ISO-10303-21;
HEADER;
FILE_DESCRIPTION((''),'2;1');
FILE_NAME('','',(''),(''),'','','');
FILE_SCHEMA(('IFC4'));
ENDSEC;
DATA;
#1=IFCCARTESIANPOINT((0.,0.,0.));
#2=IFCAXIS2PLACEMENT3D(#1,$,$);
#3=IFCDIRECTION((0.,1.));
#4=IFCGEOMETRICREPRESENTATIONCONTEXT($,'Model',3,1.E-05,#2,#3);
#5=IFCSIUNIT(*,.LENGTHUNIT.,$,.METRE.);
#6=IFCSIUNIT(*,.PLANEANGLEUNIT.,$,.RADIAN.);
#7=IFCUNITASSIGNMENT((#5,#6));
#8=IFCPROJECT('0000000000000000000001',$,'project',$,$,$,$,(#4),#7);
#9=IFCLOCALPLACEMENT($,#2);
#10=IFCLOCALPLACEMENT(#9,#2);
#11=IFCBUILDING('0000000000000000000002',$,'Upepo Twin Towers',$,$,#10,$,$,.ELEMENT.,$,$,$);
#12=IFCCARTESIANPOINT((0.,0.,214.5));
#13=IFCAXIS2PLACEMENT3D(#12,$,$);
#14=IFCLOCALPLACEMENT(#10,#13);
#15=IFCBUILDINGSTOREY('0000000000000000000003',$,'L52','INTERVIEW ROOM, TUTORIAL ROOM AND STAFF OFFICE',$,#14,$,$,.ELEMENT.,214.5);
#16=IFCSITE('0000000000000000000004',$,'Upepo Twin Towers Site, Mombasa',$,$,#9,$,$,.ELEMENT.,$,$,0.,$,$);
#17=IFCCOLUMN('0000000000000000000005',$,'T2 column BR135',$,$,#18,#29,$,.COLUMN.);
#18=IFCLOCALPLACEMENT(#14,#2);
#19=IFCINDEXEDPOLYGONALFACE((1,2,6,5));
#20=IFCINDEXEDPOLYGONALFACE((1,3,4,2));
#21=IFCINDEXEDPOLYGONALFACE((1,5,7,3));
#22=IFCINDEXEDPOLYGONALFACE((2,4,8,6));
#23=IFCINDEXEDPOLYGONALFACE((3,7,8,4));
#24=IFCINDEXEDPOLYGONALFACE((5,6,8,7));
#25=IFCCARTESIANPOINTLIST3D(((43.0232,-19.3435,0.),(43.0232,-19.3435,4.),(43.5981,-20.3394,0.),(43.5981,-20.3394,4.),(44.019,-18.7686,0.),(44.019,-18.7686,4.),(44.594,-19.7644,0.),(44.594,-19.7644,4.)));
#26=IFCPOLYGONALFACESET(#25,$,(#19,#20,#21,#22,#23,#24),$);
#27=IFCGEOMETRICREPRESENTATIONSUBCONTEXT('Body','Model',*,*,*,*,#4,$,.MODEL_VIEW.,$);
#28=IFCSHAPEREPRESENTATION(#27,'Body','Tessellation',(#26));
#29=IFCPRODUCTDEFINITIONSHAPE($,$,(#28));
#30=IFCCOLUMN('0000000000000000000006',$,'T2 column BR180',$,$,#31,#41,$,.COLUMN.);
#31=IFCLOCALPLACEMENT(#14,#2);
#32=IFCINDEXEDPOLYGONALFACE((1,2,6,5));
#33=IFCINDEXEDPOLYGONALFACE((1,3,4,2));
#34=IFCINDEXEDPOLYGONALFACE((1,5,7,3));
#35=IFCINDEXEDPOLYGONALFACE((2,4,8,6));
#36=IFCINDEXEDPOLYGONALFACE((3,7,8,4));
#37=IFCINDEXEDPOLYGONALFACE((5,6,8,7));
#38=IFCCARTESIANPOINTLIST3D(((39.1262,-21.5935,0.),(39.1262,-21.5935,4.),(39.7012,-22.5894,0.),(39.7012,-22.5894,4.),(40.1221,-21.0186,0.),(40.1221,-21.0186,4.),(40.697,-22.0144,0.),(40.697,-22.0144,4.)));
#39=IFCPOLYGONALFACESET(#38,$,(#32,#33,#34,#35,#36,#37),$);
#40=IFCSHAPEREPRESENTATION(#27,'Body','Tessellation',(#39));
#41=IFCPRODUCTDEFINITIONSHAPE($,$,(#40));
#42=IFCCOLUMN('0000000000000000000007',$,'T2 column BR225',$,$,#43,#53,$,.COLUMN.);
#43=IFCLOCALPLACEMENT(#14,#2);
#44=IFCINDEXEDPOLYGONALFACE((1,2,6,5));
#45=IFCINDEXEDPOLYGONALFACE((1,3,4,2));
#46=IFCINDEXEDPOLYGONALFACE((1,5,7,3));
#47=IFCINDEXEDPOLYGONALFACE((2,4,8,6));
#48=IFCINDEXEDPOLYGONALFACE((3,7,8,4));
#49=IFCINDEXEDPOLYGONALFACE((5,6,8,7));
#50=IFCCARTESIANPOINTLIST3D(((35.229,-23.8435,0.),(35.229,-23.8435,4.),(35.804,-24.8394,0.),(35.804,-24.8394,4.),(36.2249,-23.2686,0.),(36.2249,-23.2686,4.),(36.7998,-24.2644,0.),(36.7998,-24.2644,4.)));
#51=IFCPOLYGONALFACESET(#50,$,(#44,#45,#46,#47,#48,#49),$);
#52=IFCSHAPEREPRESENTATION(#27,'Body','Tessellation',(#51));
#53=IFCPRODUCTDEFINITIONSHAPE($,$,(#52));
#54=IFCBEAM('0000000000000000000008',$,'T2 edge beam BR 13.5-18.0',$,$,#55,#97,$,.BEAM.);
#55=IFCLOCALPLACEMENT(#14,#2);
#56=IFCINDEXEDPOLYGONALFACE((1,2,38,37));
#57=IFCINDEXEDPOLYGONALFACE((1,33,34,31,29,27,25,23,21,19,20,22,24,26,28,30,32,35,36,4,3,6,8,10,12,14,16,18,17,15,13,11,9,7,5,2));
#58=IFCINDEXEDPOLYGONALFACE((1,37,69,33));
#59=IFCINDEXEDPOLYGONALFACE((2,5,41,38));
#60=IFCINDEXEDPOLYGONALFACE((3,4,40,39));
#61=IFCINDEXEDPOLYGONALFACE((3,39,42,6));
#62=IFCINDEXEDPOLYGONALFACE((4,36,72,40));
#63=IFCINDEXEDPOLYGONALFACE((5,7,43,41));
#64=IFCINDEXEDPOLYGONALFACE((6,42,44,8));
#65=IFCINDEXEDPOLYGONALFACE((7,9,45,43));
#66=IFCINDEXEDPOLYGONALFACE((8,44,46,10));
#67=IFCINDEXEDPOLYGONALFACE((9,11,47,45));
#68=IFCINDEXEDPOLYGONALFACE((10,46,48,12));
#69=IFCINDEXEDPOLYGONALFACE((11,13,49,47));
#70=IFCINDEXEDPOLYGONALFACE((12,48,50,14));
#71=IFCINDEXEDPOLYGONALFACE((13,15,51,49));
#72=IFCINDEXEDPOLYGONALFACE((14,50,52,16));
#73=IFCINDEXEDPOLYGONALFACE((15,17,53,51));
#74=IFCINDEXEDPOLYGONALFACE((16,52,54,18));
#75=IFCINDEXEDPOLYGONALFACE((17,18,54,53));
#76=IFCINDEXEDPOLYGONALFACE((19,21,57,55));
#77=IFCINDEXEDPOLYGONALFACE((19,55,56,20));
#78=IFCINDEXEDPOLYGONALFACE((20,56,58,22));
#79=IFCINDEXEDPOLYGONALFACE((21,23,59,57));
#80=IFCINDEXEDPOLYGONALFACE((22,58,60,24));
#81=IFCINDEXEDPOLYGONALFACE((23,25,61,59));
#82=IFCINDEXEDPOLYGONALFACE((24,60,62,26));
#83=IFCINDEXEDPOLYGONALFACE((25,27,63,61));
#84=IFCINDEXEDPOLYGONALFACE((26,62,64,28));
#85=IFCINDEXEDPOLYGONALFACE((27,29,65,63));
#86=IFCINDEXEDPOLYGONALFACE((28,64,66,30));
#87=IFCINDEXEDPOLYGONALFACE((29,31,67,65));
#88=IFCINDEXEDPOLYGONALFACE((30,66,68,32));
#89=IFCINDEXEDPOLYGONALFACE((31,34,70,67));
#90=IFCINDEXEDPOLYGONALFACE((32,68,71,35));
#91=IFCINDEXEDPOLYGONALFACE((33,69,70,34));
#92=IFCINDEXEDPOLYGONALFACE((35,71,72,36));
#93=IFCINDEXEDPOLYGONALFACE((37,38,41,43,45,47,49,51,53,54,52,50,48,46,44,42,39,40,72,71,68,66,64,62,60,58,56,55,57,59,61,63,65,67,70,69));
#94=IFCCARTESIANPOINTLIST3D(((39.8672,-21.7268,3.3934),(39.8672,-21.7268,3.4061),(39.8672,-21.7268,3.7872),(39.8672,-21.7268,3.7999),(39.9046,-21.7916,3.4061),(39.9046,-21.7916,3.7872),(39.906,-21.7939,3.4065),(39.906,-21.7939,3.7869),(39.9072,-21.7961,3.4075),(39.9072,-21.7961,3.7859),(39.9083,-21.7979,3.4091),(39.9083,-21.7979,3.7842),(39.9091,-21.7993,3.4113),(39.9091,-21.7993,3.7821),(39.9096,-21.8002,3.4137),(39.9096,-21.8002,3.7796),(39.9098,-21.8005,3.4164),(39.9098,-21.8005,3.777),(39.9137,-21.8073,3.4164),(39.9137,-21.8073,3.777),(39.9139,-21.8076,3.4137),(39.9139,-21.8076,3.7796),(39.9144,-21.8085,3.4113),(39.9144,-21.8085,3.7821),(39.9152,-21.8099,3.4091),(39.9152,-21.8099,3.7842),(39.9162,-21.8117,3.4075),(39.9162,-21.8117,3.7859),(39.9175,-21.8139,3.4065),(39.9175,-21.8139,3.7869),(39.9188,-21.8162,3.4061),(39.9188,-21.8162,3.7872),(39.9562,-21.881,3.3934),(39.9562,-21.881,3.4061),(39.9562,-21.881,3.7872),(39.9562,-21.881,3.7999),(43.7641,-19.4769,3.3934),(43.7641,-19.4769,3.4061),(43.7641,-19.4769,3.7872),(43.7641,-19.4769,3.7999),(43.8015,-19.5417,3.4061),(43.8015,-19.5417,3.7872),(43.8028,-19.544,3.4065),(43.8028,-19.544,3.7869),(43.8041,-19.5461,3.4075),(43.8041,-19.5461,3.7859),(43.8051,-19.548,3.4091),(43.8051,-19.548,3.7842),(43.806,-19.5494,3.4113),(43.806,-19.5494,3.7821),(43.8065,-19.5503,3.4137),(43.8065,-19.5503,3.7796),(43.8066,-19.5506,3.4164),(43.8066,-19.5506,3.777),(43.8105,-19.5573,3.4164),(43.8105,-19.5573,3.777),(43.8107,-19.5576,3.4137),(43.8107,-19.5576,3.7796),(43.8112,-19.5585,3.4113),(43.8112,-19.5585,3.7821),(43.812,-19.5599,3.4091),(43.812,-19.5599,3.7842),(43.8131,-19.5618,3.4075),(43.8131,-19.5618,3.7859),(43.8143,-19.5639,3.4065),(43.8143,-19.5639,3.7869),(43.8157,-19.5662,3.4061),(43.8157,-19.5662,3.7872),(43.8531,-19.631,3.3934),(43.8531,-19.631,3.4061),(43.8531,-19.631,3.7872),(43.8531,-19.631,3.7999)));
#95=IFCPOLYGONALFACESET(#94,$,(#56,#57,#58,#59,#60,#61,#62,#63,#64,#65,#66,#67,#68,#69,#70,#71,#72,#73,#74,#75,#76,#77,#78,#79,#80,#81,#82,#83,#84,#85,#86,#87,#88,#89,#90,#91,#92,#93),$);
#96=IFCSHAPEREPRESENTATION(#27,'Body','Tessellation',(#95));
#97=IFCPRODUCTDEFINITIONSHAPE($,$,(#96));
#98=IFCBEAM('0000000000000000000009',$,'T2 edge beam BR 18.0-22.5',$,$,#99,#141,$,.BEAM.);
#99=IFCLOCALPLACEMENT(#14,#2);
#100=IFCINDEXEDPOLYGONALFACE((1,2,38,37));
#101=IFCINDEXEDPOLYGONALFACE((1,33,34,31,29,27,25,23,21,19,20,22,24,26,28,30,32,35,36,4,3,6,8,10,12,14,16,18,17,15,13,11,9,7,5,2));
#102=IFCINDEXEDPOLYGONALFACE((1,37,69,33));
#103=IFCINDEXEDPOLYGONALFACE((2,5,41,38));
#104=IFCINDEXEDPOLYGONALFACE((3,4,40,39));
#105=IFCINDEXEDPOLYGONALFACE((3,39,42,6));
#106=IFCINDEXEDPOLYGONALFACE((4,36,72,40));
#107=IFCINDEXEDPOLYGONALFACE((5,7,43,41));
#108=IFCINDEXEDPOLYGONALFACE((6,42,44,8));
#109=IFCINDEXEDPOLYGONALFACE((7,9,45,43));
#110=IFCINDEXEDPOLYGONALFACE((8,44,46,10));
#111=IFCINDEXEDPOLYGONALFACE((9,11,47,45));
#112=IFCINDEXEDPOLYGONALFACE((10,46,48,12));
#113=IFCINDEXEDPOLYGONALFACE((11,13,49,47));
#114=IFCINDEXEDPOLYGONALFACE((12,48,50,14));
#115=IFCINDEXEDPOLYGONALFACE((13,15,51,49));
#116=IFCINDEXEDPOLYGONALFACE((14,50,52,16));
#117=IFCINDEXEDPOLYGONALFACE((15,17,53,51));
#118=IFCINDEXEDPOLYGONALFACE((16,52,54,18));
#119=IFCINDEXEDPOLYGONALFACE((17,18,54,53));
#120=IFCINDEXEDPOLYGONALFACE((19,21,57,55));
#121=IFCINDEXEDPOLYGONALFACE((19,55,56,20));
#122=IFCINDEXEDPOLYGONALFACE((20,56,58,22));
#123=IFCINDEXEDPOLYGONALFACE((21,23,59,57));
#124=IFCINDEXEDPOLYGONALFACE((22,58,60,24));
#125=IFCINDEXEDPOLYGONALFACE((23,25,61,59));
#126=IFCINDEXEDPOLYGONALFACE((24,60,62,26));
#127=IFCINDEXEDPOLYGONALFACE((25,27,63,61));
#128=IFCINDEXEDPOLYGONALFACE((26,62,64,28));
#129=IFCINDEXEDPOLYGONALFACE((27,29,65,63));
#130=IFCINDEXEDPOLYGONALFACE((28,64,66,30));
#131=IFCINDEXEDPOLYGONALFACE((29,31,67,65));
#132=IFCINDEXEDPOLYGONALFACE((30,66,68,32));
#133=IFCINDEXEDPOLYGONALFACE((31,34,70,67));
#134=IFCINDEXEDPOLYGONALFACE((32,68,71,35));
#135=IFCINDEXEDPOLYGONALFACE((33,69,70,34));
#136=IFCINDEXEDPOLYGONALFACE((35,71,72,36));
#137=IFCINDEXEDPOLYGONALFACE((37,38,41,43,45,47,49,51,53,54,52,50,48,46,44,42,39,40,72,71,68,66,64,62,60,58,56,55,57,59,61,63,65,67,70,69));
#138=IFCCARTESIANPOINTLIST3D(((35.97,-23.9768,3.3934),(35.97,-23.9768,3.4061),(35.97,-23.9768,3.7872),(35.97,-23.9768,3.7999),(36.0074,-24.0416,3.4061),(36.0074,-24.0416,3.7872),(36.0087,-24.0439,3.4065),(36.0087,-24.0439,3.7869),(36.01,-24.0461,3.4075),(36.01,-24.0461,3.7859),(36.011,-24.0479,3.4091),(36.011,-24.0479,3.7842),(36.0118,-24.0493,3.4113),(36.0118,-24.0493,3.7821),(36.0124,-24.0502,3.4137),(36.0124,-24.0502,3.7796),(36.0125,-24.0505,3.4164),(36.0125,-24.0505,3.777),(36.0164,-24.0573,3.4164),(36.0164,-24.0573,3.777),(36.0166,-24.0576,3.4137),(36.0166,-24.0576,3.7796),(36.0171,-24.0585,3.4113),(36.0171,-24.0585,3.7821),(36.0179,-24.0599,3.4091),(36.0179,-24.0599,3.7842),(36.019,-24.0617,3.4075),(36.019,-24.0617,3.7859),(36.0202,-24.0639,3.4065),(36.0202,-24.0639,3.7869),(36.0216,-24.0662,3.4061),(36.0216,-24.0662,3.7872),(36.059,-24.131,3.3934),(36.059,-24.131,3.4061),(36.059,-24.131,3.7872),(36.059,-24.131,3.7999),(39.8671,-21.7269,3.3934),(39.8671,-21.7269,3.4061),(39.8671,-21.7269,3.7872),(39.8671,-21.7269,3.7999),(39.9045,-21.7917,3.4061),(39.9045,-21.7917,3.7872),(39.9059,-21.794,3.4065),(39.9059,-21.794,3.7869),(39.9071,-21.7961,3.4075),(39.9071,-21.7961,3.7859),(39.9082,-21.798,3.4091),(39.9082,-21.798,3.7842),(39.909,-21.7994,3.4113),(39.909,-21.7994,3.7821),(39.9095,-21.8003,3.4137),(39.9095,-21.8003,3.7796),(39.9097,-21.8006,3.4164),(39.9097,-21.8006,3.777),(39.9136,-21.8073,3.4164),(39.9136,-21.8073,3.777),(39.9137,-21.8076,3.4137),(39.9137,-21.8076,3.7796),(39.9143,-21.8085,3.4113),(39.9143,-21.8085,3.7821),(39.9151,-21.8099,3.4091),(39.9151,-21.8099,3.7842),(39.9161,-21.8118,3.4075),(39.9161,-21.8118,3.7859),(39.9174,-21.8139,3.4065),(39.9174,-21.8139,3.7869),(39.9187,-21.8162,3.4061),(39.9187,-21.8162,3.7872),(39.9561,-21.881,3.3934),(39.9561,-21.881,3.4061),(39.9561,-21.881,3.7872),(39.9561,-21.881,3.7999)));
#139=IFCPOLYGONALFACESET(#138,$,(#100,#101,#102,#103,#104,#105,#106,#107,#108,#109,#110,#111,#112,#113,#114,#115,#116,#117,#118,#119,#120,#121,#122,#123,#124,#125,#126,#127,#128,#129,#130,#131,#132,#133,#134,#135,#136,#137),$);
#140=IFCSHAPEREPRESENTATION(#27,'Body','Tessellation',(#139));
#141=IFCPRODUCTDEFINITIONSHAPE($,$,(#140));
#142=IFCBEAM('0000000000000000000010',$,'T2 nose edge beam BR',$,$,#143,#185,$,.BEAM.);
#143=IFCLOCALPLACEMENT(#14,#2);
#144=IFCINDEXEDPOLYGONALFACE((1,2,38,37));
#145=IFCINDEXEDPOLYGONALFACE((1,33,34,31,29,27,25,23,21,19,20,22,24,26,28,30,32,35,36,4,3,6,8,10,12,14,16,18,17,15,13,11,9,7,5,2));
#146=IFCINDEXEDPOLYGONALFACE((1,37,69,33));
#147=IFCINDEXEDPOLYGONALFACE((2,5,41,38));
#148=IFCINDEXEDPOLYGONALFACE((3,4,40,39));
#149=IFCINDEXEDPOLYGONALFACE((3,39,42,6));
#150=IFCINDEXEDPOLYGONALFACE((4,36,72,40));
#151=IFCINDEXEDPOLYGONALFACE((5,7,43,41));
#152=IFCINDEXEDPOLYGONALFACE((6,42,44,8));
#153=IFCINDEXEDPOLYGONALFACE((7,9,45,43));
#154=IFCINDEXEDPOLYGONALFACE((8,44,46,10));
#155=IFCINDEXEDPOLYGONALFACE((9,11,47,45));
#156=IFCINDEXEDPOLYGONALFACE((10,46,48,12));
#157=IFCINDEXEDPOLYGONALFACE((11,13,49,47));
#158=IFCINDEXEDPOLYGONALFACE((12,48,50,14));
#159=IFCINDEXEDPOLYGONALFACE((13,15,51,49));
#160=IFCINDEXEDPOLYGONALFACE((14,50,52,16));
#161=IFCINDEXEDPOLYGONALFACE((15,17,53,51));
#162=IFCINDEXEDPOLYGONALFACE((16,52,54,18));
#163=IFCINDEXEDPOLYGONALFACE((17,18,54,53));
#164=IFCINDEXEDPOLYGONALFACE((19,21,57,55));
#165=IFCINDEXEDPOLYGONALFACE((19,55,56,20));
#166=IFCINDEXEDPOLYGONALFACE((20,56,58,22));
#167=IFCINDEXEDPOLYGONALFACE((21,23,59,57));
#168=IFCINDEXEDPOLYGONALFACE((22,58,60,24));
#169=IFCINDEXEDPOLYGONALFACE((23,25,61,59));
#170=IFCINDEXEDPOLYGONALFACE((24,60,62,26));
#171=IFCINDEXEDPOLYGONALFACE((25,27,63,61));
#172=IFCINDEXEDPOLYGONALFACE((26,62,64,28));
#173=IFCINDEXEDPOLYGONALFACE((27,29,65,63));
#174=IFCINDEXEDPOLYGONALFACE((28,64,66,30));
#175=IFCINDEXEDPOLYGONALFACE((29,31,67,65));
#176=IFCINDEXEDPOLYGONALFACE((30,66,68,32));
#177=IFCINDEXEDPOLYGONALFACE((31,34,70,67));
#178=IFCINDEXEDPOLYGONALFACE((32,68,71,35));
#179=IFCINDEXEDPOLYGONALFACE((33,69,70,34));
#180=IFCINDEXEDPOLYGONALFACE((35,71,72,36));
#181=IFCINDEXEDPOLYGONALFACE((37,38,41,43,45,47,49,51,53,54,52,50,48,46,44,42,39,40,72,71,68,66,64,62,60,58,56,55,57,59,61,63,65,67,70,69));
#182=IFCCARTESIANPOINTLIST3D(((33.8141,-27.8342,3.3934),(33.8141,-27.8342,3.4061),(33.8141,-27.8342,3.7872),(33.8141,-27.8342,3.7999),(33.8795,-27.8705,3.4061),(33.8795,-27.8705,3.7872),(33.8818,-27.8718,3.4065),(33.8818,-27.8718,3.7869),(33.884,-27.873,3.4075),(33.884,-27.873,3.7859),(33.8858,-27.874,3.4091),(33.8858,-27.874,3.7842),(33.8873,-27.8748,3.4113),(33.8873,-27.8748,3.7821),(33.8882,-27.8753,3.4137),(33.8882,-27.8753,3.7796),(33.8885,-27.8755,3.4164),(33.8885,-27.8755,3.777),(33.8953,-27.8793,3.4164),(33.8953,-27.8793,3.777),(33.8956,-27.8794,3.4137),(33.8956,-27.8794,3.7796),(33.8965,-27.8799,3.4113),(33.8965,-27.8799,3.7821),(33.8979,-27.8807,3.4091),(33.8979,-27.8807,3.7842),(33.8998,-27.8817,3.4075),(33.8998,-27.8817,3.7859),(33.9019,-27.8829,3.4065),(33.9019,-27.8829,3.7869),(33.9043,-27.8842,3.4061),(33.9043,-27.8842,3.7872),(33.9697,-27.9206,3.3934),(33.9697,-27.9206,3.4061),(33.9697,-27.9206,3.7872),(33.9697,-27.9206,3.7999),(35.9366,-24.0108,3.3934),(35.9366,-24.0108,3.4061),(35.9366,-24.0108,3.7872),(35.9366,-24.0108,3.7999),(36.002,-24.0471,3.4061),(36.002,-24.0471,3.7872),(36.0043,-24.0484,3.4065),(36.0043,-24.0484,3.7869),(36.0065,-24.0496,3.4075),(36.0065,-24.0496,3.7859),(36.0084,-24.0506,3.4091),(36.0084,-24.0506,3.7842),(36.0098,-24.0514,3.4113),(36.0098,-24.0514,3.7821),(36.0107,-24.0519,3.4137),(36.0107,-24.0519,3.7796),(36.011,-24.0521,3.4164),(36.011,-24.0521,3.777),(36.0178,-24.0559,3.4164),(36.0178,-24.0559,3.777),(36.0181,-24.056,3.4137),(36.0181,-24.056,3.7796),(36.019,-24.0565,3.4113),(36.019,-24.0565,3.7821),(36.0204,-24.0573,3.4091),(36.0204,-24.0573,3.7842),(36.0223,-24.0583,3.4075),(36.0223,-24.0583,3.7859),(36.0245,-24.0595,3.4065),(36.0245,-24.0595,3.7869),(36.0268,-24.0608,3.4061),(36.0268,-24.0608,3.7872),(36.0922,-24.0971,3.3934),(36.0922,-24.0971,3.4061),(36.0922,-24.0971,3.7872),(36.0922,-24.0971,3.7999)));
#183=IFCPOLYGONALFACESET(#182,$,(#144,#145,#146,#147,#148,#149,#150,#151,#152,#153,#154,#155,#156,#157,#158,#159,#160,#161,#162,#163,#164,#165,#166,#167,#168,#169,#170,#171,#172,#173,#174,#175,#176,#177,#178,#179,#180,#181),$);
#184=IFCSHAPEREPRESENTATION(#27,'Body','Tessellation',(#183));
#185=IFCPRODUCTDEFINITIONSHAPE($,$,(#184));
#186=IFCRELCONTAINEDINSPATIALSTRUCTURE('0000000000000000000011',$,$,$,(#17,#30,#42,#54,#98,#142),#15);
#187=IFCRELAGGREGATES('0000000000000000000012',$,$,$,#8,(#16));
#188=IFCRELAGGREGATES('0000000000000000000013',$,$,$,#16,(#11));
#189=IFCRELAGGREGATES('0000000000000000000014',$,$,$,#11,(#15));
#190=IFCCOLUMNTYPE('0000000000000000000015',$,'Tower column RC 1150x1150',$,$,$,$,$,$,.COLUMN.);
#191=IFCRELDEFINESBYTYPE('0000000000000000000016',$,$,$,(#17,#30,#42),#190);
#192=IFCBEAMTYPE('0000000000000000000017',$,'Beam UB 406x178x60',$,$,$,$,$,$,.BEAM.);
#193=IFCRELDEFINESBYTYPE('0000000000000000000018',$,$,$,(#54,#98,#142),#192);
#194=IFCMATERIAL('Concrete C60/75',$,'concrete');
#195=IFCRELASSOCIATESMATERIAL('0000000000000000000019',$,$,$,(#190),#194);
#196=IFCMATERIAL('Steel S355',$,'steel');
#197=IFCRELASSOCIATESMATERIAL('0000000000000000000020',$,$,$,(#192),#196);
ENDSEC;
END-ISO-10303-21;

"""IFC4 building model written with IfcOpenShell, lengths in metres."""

from ifc_helpers import new_model, si_unit, direction, frame, origin, origin_2d, place, context, subcontext, project, spatial, rectangle, i_section, extrude, material, material_profile, profile_set, type_object, element, save


model = new_model("IFC4")

# Units and contexts
model_context = context("Model", 3, precision=1e-05, world=origin(), true_north=direction((0.0, 1.0)))
body_context = subcontext(model_context, "Body", "Model", "MODEL_VIEW")
ifc_project = project(units=[si_unit("LENGTHUNIT", "METRE"), si_unit("PLANEANGLEUNIT", "RADIAN")], contexts=[model_context])

# Site, building, storey
site_placement = place(None, origin())
site = spatial("IfcSite", under=ifc_project, at=site_placement, Name="Upepo Twin Towers Site, Mombasa", CompositionType="ELEMENT", RefElevation=0.0)
building_placement = place(site_placement, origin())
building = spatial("IfcBuilding", under=site, at=building_placement, Name="Upepo Twin Towers", CompositionType="ELEMENT")
storey_placement = place(building_placement, frame((0.0, 0.0, 214.5)))
storey = spatial("IfcBuildingStorey", under=building, at=storey_placement, Name="L52", Description="INTERVIEW ROOM, TUTORIAL ROOM AND STAFF OFFICE", CompositionType="ELEMENT", Elevation=214.5)

# Columns
ifc_material_1 = material(Name="Concrete C60/75", Category="concrete")
ifc_material_profile_1 = material_profile(ifc_material_1, rectangle(XDim=1.1499, YDim=1.1499, at=origin_2d()), Name="RC 1150x1150")
ifc_profile_set_1 = profile_set([ifc_material_profile_1], Name="Concrete C60/75")
column_type = type_object("IfcColumnType", Name="Tower column RC 1150x1150", PredefinedType="COLUMN", material=ifc_profile_set_1)
for number, where, z_axis, x_axis, name in (
    (1, (43.8086, -19.554, 0.0), (0.0, 0.0, 1.0), (0.866025, 0.5, 0.0), "T2 column BR135"),
    (2, (39.9116, -21.804, 0.0), (0.0, 0.0, 1.0), (0.866025, 0.5, 0.0), "T2 column BR180"),
    (3, (36.0144, -24.054, 0.0), (0.0, 0.0, 1.0), (0.866025, 0.5, 0.0), "T2 column BR225"),
):
    element("IfcColumn", number, at=place(storey_placement, frame(where, z_axis=z_axis, x_axis=x_axis)), inside=storey, type_object=column_type, Name=name, PredefinedType="COLUMN", context=body_context, shape_type="SweptSolid", body=[
        extrude(rectangle(XDim=1.1499, YDim=1.1499, at=origin_2d()), origin(), (0.0, 0.0, 1.0), 4.0),
    ])

# Beams
ifc_material_2 = material(Name="Steel S355", Category="steel")
ifc_material_profile_2 = material_profile(ifc_material_2, i_section(OverallWidth=0.178, OverallDepth=0.4065, WebThickness=0.0078, FlangeThickness=0.0127, FilletRadius=0.0103, at=origin_2d()), Name="UB 406x178x60")
ifc_profile_set_2 = profile_set([ifc_material_profile_2], Name="Steel S355")
beam_type_1 = type_object("IfcBeamType", Name="Beam UB 406x178x60", PredefinedType="BEAM", material=ifc_profile_set_2)
beam_1_placement = place(storey_placement, frame((43.8086, -19.554, 3.5967), z_axis=(-0.866018, -0.500014, 0.0), x_axis=(0.500014, -0.866018, 0.0)))
element("IfcBeam", 4, at=beam_1_placement, inside=storey, type_object=beam_type_1, Name="T2 edge beam BR 13.5-18.0", PredefinedType="BEAM", context=body_context, shape_type="SweptSolid", body=[
    extrude(i_section(OverallWidth=0.178, OverallDepth=0.4065, WebThickness=0.0078, FlangeThickness=0.0127, FilletRadius=0.0103, at=origin_2d()), origin(), (0.0, 0.0, 1.0), 4.4998),
])
beam_2_placement = place(storey_placement, frame((39.9116, -21.804, 3.5967), z_axis=(-0.866031, -0.49999, 0.0), x_axis=(0.49999, -0.866031, 0.0)))
element("IfcBeam", 5, at=beam_2_placement, inside=storey, type_object=beam_type_1, Name="T2 edge beam BR 18.0-22.5", PredefinedType="BEAM", context=body_context, shape_type="SweptSolid", body=[
    extrude(i_section(OverallWidth=0.178, OverallDepth=0.4065, WebThickness=0.0078, FlangeThickness=0.0127, FilletRadius=0.0103, at=origin_2d()), origin(), (0.0, 0.0, 1.0), 4.5),
])
beam_3_placement = place(storey_placement, frame((36.0144, -24.054, 3.5967), z_axis=(-0.485363, -0.874313, 0.0), x_axis=(0.874313, -0.485363, 0.0)))
element("IfcBeam", 6, at=beam_3_placement, inside=storey, type_object=beam_type_1, Name="T2 nose edge beam BR", PredefinedType="BEAM", context=body_context, shape_type="SweptSolid", body=[
    extrude(i_section(OverallWidth=0.178, OverallDepth=0.4065, WebThickness=0.0078, FlangeThickness=0.0127, FilletRadius=0.0103, at=origin_2d()), origin(), (0.0, 0.0, 1.0), 4.373),
])

save(model, "model.ifc")
